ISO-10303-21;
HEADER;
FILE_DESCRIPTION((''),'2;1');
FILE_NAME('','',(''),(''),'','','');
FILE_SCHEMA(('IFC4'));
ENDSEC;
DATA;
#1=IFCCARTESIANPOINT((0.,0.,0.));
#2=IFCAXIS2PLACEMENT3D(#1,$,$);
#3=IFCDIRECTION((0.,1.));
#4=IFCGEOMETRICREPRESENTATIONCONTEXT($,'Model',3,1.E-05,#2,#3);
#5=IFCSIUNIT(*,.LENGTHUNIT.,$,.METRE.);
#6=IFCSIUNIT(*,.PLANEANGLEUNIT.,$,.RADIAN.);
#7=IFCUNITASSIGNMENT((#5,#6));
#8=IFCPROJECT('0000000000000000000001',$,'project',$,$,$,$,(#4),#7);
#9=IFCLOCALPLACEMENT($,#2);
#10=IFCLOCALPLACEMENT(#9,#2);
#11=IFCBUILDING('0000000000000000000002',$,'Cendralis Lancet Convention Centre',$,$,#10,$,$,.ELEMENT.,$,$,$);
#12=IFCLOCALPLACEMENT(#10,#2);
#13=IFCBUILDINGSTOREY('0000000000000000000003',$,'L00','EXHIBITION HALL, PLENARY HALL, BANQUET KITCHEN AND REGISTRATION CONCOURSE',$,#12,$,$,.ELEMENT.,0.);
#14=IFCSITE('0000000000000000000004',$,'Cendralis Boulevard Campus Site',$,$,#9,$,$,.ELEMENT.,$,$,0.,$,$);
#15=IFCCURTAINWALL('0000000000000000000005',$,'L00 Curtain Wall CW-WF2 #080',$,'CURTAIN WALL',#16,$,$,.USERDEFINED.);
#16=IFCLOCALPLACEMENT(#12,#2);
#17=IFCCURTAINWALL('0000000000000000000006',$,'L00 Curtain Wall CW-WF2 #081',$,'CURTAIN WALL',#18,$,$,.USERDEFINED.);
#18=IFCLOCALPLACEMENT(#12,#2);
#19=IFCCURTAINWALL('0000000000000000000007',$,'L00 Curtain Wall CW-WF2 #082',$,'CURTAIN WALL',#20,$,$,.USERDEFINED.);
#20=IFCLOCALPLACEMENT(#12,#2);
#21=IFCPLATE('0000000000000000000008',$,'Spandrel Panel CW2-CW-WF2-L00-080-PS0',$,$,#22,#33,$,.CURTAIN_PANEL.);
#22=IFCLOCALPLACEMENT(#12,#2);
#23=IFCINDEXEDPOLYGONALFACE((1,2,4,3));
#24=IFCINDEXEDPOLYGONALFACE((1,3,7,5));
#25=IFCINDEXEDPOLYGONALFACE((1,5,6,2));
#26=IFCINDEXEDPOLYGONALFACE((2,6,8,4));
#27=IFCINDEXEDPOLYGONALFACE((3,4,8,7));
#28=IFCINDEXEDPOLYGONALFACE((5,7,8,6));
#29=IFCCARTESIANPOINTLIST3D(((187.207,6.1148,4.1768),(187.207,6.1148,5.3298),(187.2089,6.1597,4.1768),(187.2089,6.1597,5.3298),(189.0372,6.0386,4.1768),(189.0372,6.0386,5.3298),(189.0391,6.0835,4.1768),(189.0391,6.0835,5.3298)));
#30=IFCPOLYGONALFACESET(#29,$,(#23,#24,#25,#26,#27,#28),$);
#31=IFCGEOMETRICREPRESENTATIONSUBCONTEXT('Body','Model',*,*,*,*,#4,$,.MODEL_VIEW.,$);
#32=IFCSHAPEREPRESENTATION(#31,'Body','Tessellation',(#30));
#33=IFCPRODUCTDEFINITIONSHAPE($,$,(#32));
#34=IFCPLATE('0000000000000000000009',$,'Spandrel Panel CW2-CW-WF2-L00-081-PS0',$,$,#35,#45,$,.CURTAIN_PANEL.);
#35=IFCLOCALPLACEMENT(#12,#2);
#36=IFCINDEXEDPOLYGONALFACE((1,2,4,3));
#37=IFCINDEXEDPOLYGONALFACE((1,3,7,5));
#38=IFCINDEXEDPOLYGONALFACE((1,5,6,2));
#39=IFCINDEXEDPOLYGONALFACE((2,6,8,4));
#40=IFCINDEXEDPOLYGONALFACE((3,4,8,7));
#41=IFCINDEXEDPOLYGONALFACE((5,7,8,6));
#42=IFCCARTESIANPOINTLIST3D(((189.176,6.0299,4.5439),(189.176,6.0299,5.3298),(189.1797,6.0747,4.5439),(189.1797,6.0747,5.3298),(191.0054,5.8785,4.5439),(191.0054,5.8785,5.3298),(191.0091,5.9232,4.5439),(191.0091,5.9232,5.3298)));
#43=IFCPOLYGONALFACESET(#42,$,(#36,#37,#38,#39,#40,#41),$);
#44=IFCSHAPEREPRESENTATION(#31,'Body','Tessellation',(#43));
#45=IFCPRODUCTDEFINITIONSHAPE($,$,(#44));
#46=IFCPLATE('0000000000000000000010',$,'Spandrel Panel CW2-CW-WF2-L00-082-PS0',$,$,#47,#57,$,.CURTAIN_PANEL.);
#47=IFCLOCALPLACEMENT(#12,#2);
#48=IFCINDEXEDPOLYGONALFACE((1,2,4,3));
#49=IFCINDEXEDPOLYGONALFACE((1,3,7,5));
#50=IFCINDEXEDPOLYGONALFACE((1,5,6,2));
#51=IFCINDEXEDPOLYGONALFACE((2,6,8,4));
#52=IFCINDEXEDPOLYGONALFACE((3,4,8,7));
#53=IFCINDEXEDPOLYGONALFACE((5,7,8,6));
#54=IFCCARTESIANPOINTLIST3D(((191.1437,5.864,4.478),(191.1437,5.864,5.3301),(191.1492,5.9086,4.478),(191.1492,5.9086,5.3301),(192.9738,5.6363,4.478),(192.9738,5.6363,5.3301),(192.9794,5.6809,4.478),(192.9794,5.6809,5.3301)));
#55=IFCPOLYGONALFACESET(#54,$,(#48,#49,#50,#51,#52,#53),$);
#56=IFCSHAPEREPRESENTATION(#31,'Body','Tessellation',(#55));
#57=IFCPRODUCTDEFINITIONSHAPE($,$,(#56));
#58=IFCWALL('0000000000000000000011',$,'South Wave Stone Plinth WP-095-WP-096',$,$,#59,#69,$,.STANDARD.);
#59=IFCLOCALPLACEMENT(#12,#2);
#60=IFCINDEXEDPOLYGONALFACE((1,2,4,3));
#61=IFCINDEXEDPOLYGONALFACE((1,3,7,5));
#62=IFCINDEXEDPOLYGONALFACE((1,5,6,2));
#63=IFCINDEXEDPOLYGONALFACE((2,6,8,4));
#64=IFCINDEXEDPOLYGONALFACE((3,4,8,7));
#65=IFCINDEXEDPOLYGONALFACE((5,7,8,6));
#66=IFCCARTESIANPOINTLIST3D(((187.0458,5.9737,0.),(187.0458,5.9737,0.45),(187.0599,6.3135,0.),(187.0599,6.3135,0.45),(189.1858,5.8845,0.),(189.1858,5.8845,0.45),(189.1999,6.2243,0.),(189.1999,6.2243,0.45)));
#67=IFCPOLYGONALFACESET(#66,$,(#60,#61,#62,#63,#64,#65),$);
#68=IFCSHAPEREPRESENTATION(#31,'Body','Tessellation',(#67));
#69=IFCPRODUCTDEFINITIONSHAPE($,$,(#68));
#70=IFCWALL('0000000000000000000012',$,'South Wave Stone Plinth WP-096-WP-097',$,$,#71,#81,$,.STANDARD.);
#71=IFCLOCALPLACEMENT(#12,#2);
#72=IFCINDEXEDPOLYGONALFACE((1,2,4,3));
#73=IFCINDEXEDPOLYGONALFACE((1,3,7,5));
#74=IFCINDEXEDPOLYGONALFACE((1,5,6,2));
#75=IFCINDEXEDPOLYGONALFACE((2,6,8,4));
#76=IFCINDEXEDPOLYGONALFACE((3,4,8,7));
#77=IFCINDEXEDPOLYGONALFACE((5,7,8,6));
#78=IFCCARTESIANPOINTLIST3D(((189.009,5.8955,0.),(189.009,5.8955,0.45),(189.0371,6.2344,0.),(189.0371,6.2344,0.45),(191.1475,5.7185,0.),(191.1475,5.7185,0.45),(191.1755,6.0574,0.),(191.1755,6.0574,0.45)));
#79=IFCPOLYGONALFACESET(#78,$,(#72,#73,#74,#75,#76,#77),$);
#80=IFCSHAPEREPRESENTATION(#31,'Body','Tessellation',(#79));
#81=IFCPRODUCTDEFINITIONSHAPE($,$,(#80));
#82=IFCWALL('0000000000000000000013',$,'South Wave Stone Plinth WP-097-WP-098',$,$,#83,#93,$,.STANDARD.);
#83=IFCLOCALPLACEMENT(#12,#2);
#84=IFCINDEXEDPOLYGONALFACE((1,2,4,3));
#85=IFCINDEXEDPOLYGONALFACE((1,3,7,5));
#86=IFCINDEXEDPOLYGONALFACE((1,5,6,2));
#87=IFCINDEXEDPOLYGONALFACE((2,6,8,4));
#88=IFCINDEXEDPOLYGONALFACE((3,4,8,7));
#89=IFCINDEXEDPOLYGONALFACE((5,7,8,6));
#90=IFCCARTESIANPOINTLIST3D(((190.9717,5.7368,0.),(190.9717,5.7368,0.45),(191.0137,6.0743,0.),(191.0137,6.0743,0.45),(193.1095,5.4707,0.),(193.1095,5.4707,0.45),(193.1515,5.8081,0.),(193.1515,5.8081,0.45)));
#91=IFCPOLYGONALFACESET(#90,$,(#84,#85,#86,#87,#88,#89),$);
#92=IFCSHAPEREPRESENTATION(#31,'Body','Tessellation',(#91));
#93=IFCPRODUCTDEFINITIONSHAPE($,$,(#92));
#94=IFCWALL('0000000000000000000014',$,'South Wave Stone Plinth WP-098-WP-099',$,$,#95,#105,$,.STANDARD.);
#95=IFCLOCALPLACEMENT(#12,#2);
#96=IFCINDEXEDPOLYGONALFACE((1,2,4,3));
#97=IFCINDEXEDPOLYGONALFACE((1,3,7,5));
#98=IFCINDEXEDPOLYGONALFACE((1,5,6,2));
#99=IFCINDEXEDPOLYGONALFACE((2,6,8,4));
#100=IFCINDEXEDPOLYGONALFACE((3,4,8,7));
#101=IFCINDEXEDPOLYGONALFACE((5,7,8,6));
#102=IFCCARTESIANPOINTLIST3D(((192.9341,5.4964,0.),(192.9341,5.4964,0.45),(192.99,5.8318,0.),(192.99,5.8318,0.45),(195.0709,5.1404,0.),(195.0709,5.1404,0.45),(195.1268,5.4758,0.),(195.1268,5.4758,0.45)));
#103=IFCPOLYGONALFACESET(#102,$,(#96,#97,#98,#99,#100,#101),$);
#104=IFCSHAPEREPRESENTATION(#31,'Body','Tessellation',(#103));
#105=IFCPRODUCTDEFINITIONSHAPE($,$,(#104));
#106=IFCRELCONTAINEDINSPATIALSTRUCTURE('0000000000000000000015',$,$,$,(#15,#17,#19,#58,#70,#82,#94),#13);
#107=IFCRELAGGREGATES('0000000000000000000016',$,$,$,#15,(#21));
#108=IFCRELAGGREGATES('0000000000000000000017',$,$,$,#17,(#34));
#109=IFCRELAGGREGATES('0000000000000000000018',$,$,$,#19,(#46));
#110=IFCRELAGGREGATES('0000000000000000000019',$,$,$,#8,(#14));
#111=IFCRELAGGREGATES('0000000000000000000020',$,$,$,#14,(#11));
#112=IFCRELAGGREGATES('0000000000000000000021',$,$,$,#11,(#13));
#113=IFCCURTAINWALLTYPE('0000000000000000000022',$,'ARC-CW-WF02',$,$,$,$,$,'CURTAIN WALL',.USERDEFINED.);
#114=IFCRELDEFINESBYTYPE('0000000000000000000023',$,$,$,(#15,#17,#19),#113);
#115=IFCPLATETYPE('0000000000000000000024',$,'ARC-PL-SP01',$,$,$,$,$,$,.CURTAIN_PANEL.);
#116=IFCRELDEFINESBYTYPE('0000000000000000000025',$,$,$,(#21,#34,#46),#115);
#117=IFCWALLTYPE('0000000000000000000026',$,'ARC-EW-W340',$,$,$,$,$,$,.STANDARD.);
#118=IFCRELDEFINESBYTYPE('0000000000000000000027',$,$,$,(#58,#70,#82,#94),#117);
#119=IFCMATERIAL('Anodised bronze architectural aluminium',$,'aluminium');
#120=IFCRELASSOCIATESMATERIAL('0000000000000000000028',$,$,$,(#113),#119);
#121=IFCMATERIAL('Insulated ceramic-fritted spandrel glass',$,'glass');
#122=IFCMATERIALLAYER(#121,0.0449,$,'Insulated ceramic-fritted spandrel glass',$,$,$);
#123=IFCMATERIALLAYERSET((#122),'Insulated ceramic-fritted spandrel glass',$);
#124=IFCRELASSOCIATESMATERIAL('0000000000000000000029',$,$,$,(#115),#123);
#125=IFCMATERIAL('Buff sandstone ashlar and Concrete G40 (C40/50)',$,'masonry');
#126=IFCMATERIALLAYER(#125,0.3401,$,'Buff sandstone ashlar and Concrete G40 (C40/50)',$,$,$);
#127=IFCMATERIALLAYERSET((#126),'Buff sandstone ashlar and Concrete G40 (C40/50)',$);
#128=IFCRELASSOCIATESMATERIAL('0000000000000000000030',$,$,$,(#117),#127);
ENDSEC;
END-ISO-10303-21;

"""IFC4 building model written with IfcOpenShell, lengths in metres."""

from ifc_helpers import new_model, si_unit, direction, frame, frame_2d, origin, origin_2d, place, context, subcontext, project, spatial, rectangle, extrude, material, layer, layer_set, type_object, element, aggregate, save


model = new_model("IFC4")

# Units and contexts
model_context = context("Model", 3, precision=1e-05, world=origin(), true_north=direction((0.0, 1.0)))
body_context = subcontext(model_context, "Body", "Model", "MODEL_VIEW")
ifc_project = project(units=[si_unit("LENGTHUNIT", "METRE"), si_unit("PLANEANGLEUNIT", "RADIAN")], contexts=[model_context])

# Site, building, storey
site_placement = place(None, origin())
site = spatial("IfcSite", under=ifc_project, at=site_placement, Name="Cendralis Boulevard Campus Site", CompositionType="ELEMENT", RefElevation=0.0)
building_placement = place(site_placement, origin())
building = spatial("IfcBuilding", under=site, at=building_placement, Name="Cendralis Lancet Convention Centre", CompositionType="ELEMENT")
storey_placement = place(building_placement, origin())
storey = spatial("IfcBuildingStorey", under=building, at=storey_placement, Name="L00", Description="EXHIBITION HALL, PLENARY HALL, BANQUET KITCHEN AND REGISTRATION CONCOURSE", CompositionType="ELEMENT", Elevation=0.0)

# Curtain walls
ifc_material_1 = material(Name="Anodised bronze architectural aluminium", Category="aluminium")
curtain_wall_type = type_object("IfcCurtainWallType", Name="ARC-CW-WF02", ElementType="CURTAIN WALL", PredefinedType="USERDEFINED", material=ifc_material_1)
curtain_wall_1_placement = place(storey_placement, origin())
curtain_wall_1 = element("IfcCurtainWall", 1, at=curtain_wall_1_placement, inside=storey, type_object=curtain_wall_type, Name="L00 Curtain Wall CW-WF2 #080", ObjectType="CURTAIN WALL", PredefinedType="USERDEFINED")
curtain_wall_2_placement = place(storey_placement, origin())
curtain_wall_2 = element("IfcCurtainWall", 2, at=curtain_wall_2_placement, inside=storey, type_object=curtain_wall_type, Name="L00 Curtain Wall CW-WF2 #081", ObjectType="CURTAIN WALL", PredefinedType="USERDEFINED")

# Curtain wall
curtain_wall_3_placement = place(storey_placement, origin())
curtain_wall_3 = element("IfcCurtainWall", 3, at=curtain_wall_3_placement, inside=storey, type_object=curtain_wall_type, Name="L00 Curtain Wall CW-WF2 #082", ObjectType="CURTAIN WALL", PredefinedType="USERDEFINED")

# Plates
ifc_material_2 = material(Name="Insulated ceramic-fritted spandrel glass", Category="glass")
ifc_layer_1 = layer(ifc_material_2, 0.0449, Name="Insulated ceramic-fritted spandrel glass")
ifc_layer_set_1 = layer_set([ifc_layer_1], Name="Insulated ceramic-fritted spandrel glass")
plate_type_1 = type_object("IfcPlateType", Name="ARC-PL-SP01", PredefinedType="CURTAIN_PANEL", material=ifc_layer_set_1)
plate_1_placement = place(storey_placement, frame((188.123, 6.0991, 4.1768), z_axis=(0.0, 0.0, 1.0), x_axis=(0.999135, -0.041588, 0.0)))
plate_1 = element("IfcPlate", 4, at=plate_1_placement, type_object=plate_type_1, Name="Spandrel Panel CW2-CW-WF2-L00-080-PS0", PredefinedType="CURTAIN_PANEL", context=body_context, shape_type="SweptSolid", body=[
    extrude(rectangle(XDim=1.8318, YDim=0.0449, at=origin_2d()), origin(), (0.0, 0.0, 1.0), 1.1531),
])
aggregate(curtain_wall_1, [plate_1])
plate_2_placement = place(storey_placement, frame((190.0925, 5.9766, 4.5439), z_axis=(0.0, 0.0, 1.0), x_axis=(0.996591, -0.082501, 0.0)))
plate_2 = element("IfcPlate", 5, at=plate_2_placement, type_object=plate_type_1, Name="Spandrel Panel CW2-CW-WF2-L00-081-PS0", PredefinedType="CURTAIN_PANEL", context=body_context, shape_type="SweptSolid", body=[
    extrude(rectangle(XDim=1.8357, YDim=0.0449, at=origin_2d()), origin(), (0.0, 0.0, 1.0), 0.7859),
])
aggregate(curtain_wall_2, [plate_2])
plate_3_placement = place(storey_placement, frame((192.0615, 5.7725, 4.478), z_axis=(0.0, 0.0, 1.0), x_axis=(0.992348, -0.123476, 0.0)))
plate_3 = element("IfcPlate", 6, at=plate_3_placement, type_object=plate_type_1, Name="Spandrel Panel CW2-CW-WF2-L00-082-PS0", PredefinedType="CURTAIN_PANEL", context=body_context, shape_type="SweptSolid", body=[
    extrude(rectangle(XDim=1.8442, YDim=0.0449, at=origin_2d()), origin(), (0.0, 0.0, 1.0), 0.8521),
])
aggregate(curtain_wall_3, [plate_3])

# Walls
ifc_material_3 = material(Name="Buff sandstone ashlar and Concrete G40 (C40/50)", Category="masonry")
ifc_layer_2 = layer(ifc_material_3, 0.3401, Name="Buff sandstone ashlar and Concrete G40 (C40/50)")
ifc_layer_set_2 = layer_set([ifc_layer_2], Name="Buff sandstone ashlar and Concrete G40 (C40/50)")
wall_type = type_object("IfcWallType", Name="ARC-EW-W340", PredefinedType="STANDARD", material=ifc_layer_set_2)
wall_1_placement = place(storey_placement, frame((187.053, 6.1436, 0.0), z_axis=(0.0, 0.0, 1.0), x_axis=(0.999134, -0.041607, 0.0)))
element("IfcWall", 7, at=wall_1_placement, inside=storey, type_object=wall_type, Name="South Wave Stone Plinth WP-095-WP-096", PredefinedType="STANDARD", context=body_context, shape_type="SweptSolid", body=[
    extrude(rectangle(XDim=2.1418, YDim=0.3401, at=frame_2d((1.0708, 0.0))), origin(), (0.0, 0.0, 1.0), 0.45),
])
wall_2_placement = place(storey_placement, frame((189.0232, 6.0649, 0.0), z_axis=(0.0, 0.0, 1.0), x_axis=(0.996592, -0.08249, 0.0)))
element("IfcWall", 8, at=wall_2_placement, inside=storey, type_object=wall_type, Name="South Wave Stone Plinth WP-096-WP-097", PredefinedType="STANDARD", context=body_context, shape_type="SweptSolid", body=[
    extrude(rectangle(XDim=2.1458, YDim=0.3401, at=frame_2d((1.0728, 0.0))), origin(), (0.0, 0.0, 1.0), 0.45),
])
wall_3_placement = place(storey_placement, frame((190.9927, 5.9055, 0.0), z_axis=(0.0, 0.0, 1.0), x_axis=(0.992341, -0.123533, 0.0)))
element("IfcWall", 9, at=wall_3_placement, inside=storey, type_object=wall_type, Name="South Wave Stone Plinth WP-097-WP-098", PredefinedType="STANDARD", context=body_context, shape_type="SweptSolid", body=[
    extrude(rectangle(XDim=2.1543, YDim=0.3401, at=frame_2d((1.0771, 0.0))), origin(), (0.0, 0.0, 1.0), 0.45),
])
wall_4_placement = place(storey_placement, frame((192.9622, 5.6641, 0.0), z_axis=(0.0, 0.0, 1.0), x_axis=(0.986406, -0.164326, 0.0)))
element("IfcWall", 10, at=wall_4_placement, inside=storey, type_object=wall_type, Name="South Wave Stone Plinth WP-098-WP-099", PredefinedType="STANDARD", context=body_context, shape_type="SweptSolid", body=[
    extrude(rectangle(XDim=2.1663, YDim=0.3401, at=frame_2d((1.083, 0.0))), origin(), (0.0, 0.0, 1.0), 0.45),
])

save(model, "model.ifc")
